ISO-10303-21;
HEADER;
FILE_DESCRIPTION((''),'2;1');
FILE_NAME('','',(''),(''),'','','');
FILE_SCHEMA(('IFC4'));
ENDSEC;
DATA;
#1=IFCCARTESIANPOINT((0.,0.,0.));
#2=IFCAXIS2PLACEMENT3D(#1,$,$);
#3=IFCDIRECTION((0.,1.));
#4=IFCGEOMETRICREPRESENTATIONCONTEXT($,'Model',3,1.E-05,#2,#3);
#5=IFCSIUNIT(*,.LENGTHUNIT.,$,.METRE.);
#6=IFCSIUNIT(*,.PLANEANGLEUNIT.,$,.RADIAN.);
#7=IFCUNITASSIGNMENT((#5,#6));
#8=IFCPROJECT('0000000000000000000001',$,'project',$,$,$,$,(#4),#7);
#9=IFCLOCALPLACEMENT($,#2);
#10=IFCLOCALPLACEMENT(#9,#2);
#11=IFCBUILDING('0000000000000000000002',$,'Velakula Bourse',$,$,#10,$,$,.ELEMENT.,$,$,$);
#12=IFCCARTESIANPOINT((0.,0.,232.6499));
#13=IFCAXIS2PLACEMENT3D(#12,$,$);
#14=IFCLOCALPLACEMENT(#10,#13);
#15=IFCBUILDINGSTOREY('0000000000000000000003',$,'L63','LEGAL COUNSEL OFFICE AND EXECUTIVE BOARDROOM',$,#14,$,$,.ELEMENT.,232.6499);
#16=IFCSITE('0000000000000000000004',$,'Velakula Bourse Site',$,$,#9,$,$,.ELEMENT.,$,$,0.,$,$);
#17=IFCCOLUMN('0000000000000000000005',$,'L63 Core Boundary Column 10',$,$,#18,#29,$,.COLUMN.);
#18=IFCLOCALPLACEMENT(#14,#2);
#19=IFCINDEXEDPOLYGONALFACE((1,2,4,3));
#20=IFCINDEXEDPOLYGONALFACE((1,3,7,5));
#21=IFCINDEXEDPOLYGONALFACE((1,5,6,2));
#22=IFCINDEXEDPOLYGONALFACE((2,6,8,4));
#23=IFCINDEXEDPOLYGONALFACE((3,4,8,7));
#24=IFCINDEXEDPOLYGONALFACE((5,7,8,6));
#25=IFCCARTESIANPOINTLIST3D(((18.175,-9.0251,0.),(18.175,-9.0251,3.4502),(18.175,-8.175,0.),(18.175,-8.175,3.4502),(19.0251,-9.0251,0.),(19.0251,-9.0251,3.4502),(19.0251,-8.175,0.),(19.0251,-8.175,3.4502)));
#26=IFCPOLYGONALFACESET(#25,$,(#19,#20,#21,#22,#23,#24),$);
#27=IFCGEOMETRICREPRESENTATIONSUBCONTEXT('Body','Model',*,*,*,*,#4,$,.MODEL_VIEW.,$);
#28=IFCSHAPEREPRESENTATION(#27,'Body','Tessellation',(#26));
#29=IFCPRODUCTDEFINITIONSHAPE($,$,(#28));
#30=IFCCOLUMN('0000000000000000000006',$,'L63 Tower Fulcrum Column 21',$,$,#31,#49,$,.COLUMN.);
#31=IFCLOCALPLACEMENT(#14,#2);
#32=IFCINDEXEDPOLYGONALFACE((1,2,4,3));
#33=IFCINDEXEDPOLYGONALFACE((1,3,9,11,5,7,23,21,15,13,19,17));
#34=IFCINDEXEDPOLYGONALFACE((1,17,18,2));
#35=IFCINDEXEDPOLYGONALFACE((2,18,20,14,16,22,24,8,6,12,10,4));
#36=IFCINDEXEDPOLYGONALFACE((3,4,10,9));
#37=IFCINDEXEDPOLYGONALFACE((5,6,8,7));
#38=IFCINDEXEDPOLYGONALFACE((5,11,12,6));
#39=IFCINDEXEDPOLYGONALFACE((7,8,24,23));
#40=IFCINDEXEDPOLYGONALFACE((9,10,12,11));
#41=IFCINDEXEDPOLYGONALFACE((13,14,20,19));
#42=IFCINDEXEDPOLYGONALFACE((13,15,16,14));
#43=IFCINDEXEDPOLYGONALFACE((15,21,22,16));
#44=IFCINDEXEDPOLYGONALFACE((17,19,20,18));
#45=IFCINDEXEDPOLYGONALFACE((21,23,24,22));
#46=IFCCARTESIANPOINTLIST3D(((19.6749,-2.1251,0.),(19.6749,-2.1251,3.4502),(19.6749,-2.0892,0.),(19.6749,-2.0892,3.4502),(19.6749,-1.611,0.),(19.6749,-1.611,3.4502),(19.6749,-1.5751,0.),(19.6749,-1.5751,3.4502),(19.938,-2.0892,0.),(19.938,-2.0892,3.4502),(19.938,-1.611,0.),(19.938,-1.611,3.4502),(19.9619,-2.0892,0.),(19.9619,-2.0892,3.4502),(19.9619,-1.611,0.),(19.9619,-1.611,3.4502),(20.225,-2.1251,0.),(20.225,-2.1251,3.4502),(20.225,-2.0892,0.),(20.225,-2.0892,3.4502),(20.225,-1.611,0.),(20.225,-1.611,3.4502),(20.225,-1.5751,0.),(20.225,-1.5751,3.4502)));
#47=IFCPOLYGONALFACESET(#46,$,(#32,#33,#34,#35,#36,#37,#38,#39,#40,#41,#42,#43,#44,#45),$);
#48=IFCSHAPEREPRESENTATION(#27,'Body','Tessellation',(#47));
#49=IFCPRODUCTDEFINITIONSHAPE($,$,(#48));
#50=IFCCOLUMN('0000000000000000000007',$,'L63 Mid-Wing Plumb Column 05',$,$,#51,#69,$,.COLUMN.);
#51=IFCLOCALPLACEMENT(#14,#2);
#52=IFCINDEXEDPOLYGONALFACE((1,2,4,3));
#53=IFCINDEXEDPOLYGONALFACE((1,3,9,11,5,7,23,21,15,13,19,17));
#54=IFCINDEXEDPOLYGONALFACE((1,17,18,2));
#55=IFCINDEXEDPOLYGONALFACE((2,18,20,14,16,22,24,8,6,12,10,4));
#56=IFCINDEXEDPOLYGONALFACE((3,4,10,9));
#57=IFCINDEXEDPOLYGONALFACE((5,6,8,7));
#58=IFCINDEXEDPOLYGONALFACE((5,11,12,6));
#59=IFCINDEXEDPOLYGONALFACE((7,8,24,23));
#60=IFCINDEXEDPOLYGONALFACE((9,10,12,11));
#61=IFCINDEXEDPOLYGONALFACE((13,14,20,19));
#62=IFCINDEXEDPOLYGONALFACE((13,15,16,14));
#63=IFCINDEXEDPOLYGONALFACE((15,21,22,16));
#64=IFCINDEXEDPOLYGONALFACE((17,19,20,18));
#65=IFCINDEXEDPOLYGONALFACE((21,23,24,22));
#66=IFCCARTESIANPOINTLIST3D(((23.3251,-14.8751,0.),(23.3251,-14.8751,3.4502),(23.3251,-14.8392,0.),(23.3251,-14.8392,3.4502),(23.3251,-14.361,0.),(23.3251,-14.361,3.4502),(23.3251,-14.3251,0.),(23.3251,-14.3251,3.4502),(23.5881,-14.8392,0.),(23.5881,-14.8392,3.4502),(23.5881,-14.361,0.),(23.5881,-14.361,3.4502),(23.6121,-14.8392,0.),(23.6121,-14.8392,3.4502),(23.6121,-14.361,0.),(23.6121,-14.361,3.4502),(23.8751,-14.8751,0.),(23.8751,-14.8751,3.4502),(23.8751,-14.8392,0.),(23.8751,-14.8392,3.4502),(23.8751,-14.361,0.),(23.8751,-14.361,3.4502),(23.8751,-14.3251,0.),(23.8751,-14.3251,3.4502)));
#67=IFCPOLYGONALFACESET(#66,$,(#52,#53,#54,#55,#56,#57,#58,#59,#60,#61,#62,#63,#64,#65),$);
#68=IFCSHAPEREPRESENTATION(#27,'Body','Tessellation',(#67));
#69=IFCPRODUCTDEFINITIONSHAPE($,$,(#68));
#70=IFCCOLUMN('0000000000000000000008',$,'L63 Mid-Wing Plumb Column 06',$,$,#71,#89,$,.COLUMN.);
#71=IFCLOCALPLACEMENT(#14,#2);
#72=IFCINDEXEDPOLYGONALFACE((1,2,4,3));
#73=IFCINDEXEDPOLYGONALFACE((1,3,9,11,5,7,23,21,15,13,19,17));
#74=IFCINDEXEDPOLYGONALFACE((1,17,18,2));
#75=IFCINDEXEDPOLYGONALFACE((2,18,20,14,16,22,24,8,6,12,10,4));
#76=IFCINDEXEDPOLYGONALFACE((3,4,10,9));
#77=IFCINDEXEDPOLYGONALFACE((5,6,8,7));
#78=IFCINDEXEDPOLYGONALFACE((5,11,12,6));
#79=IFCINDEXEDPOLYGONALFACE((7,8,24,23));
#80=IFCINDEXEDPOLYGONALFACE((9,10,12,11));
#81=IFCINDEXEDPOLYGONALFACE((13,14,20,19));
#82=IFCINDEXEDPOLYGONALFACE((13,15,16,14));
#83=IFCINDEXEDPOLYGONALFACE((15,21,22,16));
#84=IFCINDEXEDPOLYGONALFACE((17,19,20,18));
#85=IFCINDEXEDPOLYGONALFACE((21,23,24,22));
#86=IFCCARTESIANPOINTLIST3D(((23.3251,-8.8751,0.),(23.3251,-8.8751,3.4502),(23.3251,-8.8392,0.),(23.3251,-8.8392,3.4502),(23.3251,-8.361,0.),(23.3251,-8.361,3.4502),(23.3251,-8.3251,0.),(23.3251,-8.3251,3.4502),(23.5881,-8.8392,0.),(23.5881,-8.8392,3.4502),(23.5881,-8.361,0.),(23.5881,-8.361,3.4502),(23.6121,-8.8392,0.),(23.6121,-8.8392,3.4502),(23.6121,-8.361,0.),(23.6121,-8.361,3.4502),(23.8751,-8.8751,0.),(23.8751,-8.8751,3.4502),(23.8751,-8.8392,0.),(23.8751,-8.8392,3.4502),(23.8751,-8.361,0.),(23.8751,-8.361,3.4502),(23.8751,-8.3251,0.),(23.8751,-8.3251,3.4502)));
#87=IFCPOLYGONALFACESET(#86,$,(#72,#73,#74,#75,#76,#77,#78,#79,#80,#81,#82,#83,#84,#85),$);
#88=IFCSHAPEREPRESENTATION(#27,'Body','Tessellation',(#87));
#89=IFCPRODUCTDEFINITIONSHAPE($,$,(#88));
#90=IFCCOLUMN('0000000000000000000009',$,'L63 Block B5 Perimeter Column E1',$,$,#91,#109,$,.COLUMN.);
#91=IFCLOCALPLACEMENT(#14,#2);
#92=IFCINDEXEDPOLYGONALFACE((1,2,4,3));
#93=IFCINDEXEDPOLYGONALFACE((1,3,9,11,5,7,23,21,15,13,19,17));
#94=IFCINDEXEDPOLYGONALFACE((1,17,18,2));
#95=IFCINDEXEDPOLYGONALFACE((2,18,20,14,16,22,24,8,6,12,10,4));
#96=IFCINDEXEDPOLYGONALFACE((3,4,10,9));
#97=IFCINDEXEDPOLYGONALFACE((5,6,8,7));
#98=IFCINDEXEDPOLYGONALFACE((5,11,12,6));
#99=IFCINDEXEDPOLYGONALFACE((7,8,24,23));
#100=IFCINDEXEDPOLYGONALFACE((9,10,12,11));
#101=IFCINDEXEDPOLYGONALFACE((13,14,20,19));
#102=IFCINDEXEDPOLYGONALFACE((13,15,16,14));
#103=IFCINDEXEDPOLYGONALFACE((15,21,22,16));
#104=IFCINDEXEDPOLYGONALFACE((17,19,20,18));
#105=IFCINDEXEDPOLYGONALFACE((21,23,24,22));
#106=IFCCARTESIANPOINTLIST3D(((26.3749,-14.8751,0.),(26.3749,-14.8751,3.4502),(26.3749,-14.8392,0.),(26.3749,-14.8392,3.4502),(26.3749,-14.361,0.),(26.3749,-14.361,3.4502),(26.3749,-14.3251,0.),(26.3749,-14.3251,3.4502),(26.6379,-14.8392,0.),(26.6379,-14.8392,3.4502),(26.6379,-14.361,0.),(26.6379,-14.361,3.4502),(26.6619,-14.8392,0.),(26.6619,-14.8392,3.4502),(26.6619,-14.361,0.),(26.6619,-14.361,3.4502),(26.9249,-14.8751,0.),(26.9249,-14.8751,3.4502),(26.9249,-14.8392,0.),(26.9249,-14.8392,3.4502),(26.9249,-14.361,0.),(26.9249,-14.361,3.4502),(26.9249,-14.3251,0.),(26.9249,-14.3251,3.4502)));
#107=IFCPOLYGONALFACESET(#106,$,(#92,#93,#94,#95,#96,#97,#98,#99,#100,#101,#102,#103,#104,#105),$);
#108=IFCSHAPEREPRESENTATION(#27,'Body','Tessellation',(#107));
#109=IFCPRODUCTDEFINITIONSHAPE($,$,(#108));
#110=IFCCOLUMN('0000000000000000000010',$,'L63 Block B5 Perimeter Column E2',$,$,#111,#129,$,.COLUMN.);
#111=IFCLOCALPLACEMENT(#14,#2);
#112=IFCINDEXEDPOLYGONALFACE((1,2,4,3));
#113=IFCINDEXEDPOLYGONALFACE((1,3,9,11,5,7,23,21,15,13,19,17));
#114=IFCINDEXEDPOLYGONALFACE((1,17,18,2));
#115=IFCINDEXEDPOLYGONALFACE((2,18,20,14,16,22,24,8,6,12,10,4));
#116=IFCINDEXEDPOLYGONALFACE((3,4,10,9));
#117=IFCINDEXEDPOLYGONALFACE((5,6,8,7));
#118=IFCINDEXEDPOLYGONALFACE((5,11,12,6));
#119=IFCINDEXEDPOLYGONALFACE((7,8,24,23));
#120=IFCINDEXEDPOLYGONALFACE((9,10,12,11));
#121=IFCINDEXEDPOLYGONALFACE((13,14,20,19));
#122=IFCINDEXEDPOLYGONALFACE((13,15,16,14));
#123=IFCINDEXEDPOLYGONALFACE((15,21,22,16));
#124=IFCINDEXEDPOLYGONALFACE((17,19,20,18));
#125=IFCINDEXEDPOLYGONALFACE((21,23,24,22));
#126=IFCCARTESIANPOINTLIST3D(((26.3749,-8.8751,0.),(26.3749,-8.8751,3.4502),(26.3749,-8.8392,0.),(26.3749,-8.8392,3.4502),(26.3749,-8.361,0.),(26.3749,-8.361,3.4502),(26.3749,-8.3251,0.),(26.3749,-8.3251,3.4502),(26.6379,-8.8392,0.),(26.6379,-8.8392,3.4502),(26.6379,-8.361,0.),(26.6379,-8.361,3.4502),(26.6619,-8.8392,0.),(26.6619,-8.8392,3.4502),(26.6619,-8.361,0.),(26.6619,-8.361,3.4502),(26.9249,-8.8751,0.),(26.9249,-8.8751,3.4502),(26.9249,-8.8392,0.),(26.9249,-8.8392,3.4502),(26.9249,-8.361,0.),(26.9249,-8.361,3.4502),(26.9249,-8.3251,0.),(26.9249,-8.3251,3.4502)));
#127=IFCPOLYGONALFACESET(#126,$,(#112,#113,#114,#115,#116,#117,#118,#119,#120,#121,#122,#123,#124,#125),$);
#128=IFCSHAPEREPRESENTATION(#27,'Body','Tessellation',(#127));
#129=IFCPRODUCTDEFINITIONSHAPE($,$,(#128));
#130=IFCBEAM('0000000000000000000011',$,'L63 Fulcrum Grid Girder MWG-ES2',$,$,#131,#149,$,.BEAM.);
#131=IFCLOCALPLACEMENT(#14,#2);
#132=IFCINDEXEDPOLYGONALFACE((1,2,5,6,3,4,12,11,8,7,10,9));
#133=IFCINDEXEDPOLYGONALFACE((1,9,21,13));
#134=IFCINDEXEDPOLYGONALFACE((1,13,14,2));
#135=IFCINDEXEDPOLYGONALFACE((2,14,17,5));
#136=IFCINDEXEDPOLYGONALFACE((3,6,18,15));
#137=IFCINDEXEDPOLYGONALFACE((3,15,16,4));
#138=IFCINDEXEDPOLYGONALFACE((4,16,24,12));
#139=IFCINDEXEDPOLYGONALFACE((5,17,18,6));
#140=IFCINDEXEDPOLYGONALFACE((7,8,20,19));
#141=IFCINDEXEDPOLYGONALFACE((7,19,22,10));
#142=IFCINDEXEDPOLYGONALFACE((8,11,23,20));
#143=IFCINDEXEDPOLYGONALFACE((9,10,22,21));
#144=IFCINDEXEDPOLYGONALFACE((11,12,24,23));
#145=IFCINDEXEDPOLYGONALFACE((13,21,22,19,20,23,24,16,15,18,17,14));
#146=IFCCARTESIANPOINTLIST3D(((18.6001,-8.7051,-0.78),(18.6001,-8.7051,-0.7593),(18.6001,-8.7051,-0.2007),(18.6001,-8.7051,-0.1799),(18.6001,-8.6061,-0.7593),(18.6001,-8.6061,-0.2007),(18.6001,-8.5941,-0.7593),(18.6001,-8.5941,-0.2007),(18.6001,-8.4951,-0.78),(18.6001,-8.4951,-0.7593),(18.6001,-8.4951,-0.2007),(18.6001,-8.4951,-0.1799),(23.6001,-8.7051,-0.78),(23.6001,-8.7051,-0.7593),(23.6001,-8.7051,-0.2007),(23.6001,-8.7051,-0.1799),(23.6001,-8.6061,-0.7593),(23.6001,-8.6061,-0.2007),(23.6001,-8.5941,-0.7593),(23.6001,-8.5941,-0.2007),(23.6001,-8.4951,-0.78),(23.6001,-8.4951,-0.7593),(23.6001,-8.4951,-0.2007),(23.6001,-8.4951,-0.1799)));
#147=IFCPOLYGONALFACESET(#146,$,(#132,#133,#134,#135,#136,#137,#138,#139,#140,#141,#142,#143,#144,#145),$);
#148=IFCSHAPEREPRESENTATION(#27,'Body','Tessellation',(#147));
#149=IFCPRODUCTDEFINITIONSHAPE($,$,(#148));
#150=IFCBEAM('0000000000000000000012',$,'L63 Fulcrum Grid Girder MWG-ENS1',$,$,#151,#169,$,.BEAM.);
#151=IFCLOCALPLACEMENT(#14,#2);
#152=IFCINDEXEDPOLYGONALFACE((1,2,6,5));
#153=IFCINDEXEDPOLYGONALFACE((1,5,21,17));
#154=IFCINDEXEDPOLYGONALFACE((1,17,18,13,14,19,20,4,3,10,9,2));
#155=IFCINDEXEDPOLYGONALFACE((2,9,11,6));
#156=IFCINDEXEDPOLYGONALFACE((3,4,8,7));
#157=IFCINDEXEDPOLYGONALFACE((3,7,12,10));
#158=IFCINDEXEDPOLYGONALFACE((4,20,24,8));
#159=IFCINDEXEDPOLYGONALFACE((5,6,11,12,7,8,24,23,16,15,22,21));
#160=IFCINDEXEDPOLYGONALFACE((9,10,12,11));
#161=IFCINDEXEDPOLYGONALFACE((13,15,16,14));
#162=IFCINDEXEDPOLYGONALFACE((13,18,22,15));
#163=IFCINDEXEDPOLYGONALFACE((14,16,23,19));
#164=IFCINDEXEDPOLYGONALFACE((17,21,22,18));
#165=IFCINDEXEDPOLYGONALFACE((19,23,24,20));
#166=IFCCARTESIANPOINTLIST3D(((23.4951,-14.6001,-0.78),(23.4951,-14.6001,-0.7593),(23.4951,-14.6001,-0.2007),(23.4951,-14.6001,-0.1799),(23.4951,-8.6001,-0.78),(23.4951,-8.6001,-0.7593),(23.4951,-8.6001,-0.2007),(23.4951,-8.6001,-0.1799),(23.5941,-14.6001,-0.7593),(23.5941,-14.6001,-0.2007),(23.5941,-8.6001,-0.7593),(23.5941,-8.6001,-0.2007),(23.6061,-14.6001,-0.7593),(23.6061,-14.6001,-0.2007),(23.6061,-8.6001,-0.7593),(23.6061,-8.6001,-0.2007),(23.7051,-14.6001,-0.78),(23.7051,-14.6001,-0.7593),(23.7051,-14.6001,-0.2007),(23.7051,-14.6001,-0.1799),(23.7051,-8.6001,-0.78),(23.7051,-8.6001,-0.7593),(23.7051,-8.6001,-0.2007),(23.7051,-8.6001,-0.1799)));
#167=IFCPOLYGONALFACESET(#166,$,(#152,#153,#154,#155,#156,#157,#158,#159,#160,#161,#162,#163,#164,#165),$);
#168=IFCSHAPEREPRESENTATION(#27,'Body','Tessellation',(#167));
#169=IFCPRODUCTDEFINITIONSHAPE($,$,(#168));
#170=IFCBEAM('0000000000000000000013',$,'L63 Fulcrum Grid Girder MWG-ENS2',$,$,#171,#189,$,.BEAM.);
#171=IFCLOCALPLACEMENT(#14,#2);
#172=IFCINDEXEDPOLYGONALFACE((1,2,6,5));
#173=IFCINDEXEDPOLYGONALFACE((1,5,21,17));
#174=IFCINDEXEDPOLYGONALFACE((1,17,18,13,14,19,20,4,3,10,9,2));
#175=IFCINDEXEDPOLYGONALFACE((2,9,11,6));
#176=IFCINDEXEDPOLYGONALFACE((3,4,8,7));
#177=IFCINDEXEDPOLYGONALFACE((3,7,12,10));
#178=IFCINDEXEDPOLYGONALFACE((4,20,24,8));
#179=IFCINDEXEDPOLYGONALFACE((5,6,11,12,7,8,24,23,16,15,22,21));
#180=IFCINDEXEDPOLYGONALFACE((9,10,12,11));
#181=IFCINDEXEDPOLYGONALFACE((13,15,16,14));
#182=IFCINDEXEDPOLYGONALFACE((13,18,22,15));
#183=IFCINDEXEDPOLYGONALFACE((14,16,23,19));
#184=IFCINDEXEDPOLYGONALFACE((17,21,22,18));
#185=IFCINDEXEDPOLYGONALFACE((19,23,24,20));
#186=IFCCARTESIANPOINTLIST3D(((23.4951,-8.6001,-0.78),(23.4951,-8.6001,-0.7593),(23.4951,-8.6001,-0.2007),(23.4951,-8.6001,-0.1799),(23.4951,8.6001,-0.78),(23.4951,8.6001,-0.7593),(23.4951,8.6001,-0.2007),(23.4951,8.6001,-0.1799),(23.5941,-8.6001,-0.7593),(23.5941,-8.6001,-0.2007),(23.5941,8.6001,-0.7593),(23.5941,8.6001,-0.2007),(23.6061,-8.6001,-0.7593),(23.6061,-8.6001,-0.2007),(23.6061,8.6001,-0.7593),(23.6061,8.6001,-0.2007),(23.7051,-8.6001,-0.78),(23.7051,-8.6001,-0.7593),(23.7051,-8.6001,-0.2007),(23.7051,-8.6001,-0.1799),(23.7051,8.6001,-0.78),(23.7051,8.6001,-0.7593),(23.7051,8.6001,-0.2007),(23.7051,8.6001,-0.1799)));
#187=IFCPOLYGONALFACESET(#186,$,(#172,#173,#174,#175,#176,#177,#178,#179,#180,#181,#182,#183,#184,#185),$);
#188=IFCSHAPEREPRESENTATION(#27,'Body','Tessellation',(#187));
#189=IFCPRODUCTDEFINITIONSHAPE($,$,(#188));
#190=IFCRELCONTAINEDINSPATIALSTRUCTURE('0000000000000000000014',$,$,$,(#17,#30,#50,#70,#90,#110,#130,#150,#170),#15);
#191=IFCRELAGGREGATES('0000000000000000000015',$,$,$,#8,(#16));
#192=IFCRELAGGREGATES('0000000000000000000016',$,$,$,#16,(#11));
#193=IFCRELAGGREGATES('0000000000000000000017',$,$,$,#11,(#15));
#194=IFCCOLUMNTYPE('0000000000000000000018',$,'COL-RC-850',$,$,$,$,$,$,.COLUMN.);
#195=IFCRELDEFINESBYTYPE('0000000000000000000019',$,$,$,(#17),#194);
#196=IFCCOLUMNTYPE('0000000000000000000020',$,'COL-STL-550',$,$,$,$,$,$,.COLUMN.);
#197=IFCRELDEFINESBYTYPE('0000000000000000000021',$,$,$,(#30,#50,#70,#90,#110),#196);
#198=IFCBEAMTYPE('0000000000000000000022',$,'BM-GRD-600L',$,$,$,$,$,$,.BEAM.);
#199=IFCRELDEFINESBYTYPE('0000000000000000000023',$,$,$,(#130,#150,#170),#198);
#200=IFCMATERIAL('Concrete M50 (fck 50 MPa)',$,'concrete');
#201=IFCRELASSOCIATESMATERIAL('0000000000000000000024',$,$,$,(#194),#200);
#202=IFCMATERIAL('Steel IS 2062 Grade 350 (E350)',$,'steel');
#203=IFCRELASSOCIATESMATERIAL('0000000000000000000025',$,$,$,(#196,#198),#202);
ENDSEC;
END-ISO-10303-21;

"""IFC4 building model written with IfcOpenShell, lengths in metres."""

from ifc_helpers import new_model, si_unit, direction, frame, origin, origin_2d, place, context, subcontext, project, spatial, rectangle, i_section, extrude, material, material_profile, profile_set, type_object, element, save


model = new_model("IFC4")

# Units and contexts
model_context = context("Model", 3, precision=1e-05, world=origin(), true_north=direction((0.0, 1.0)))
body_context = subcontext(model_context, "Body", "Model", "MODEL_VIEW")
ifc_project = project(units=[si_unit("LENGTHUNIT", "METRE"), si_unit("PLANEANGLEUNIT", "RADIAN")], contexts=[model_context])

# Site, building, storey
site_placement = place(None, origin())
site = spatial("IfcSite", under=ifc_project, at=site_placement, Name="Velakula Bourse Site", CompositionType="ELEMENT", RefElevation=0.0)
building_placement = place(site_placement, origin())
building = spatial("IfcBuilding", under=site, at=building_placement, Name="Velakula Bourse", CompositionType="ELEMENT")
storey_placement = place(building_placement, frame((0.0, 0.0, 232.6499)))
storey = spatial("IfcBuildingStorey", under=building, at=storey_placement, Name="L63", Description="LEGAL COUNSEL OFFICE AND EXECUTIVE BOARDROOM", CompositionType="ELEMENT", Elevation=232.6499)

# Columns
ifc_material_1 = material(Name="Concrete M50 (fck 50 MPa)", Category="concrete")
ifc_material_profile_1 = material_profile(ifc_material_1, rectangle(XDim=0.8501, YDim=0.8501, at=origin_2d()), Name="Concrete M50 (fck 50 MPa)")
ifc_profile_set_1 = profile_set([ifc_material_profile_1], Name="Concrete M50 (fck 50 MPa)")
column_type_1 = type_object("IfcColumnType", Name="COL-RC-850", PredefinedType="COLUMN", material=ifc_profile_set_1)
column_placement = place(storey_placement, frame((18.6001, -8.6001, 0.0), z_axis=(0.0, 0.0, 1.0), x_axis=(1.0, 0.0, 0.0)))
element("IfcColumn", 1, at=column_placement, inside=storey, type_object=column_type_1, Name="L63 Core Boundary Column 10", PredefinedType="COLUMN", context=body_context, shape_type="SweptSolid", body=[
    extrude(rectangle(XDim=0.8501, YDim=0.8501, at=origin_2d()), origin(), (0.0, 0.0, 1.0), 3.4502),
])
ifc_material_2 = material(Name="Steel IS 2062 Grade 350 (E350)", Category="steel")
ifc_material_profile_2 = material_profile(ifc_material_2, i_section(OverallWidth=0.55, OverallDepth=0.55, WebThickness=0.0239, FlangeThickness=0.0359, at=origin_2d()), Name="Steel IS 2062 Grade 350 (E350)")
ifc_profile_set_2 = profile_set([ifc_material_profile_2], Name="Steel IS 2062 Grade 350 (E350)")
column_type_2 = type_object("IfcColumnType", Name="COL-STL-550", PredefinedType="COLUMN", material=ifc_profile_set_2)
for number, where, z_axis, x_axis, name in (
    (2, (19.95, -1.8501, 0.0), (0.0, 0.0, 1.0), (1.0, 0.0, 0.0), "L63 Tower Fulcrum Column 21"),
    (3, (23.6001, -14.6001, 0.0), (0.0, 0.0, 1.0), (1.0, 0.0, 0.0), "L63 Mid-Wing Plumb Column 05"),
    (4, (23.6001, -8.6001, 0.0), (0.0, 0.0, 1.0), (1.0, 0.0, 0.0), "L63 Mid-Wing Plumb Column 06"),
    (5, (26.6499, -14.6001, 0.0), (0.0, 0.0, 1.0), (1.0, 0.0, 0.0), "L63 Block B5 Perimeter Column E1"),
    (6, (26.6499, -8.6001, 0.0), (0.0, 0.0, 1.0), (1.0, 0.0, 0.0), "L63 Block B5 Perimeter Column E2"),
):
    element("IfcColumn", number, at=place(storey_placement, frame(where, z_axis=z_axis, x_axis=x_axis)), inside=storey, type_object=column_type_2, Name=name, PredefinedType="COLUMN", context=body_context, shape_type="SweptSolid", body=[
        extrude(i_section(OverallWidth=0.55, OverallDepth=0.55, WebThickness=0.0239, FlangeThickness=0.0359, at=origin_2d()), origin(), (0.0, 0.0, 1.0), 3.4502),
    ])

# Beams
ifc_material_profile_3 = material_profile(ifc_material_2, i_section(OverallWidth=0.21, OverallDepth=0.6001, WebThickness=0.012, FlangeThickness=0.0208, at=origin_2d()), Name="Steel IS 2062 Grade 350 (E350)")
ifc_profile_set_3 = profile_set([ifc_material_profile_3], Name="Steel IS 2062 Grade 350 (E350)")
beam_type_1 = type_object("IfcBeamType", Name="BM-GRD-600L", PredefinedType="BEAM", material=ifc_profile_set_3)
beam_1_placement = place(storey_placement, frame((18.6001, -8.6001, -0.48), z_axis=(1.0, 0.0, 0.0), x_axis=(0.0, 1.0, 0.0)))
element("IfcBeam", 7, at=beam_1_placement, inside=storey, type_object=beam_type_1, Name="L63 Fulcrum Grid Girder MWG-ES2", PredefinedType="BEAM", context=body_context, shape_type="SweptSolid", body=[
    extrude(i_section(OverallWidth=0.21, OverallDepth=0.6001, WebThickness=0.012, FlangeThickness=0.0208, at=origin_2d()), origin(), (0.0, 0.0, 1.0), 5.0),
])
beam_2_placement = place(storey_placement, frame((23.6001, -14.6001, -0.48), z_axis=(0.0, 1.0, 0.0), x_axis=(-1.0, 0.0, 0.0)))
element("IfcBeam", 8, at=beam_2_placement, inside=storey, type_object=beam_type_1, Name="L63 Fulcrum Grid Girder MWG-ENS1", PredefinedType="BEAM", context=body_context, shape_type="SweptSolid", body=[
    extrude(i_section(OverallWidth=0.21, OverallDepth=0.6001, WebThickness=0.012, FlangeThickness=0.0208, at=origin_2d()), origin(), (0.0, 0.0, 1.0), 6.0),
])
beam_3_placement = place(storey_placement, frame((23.6001, -8.6001, -0.48), z_axis=(0.0, 1.0, 0.0), x_axis=(-1.0, 0.0, 0.0)))
element("IfcBeam", 9, at=beam_3_placement, inside=storey, type_object=beam_type_1, Name="L63 Fulcrum Grid Girder MWG-ENS2", PredefinedType="BEAM", context=body_context, shape_type="SweptSolid", body=[
    extrude(i_section(OverallWidth=0.21, OverallDepth=0.6001, WebThickness=0.012, FlangeThickness=0.0208, at=origin_2d()), origin(), (0.0, 0.0, 1.0), 17.2002),
])

save(model, "model.ifc")
